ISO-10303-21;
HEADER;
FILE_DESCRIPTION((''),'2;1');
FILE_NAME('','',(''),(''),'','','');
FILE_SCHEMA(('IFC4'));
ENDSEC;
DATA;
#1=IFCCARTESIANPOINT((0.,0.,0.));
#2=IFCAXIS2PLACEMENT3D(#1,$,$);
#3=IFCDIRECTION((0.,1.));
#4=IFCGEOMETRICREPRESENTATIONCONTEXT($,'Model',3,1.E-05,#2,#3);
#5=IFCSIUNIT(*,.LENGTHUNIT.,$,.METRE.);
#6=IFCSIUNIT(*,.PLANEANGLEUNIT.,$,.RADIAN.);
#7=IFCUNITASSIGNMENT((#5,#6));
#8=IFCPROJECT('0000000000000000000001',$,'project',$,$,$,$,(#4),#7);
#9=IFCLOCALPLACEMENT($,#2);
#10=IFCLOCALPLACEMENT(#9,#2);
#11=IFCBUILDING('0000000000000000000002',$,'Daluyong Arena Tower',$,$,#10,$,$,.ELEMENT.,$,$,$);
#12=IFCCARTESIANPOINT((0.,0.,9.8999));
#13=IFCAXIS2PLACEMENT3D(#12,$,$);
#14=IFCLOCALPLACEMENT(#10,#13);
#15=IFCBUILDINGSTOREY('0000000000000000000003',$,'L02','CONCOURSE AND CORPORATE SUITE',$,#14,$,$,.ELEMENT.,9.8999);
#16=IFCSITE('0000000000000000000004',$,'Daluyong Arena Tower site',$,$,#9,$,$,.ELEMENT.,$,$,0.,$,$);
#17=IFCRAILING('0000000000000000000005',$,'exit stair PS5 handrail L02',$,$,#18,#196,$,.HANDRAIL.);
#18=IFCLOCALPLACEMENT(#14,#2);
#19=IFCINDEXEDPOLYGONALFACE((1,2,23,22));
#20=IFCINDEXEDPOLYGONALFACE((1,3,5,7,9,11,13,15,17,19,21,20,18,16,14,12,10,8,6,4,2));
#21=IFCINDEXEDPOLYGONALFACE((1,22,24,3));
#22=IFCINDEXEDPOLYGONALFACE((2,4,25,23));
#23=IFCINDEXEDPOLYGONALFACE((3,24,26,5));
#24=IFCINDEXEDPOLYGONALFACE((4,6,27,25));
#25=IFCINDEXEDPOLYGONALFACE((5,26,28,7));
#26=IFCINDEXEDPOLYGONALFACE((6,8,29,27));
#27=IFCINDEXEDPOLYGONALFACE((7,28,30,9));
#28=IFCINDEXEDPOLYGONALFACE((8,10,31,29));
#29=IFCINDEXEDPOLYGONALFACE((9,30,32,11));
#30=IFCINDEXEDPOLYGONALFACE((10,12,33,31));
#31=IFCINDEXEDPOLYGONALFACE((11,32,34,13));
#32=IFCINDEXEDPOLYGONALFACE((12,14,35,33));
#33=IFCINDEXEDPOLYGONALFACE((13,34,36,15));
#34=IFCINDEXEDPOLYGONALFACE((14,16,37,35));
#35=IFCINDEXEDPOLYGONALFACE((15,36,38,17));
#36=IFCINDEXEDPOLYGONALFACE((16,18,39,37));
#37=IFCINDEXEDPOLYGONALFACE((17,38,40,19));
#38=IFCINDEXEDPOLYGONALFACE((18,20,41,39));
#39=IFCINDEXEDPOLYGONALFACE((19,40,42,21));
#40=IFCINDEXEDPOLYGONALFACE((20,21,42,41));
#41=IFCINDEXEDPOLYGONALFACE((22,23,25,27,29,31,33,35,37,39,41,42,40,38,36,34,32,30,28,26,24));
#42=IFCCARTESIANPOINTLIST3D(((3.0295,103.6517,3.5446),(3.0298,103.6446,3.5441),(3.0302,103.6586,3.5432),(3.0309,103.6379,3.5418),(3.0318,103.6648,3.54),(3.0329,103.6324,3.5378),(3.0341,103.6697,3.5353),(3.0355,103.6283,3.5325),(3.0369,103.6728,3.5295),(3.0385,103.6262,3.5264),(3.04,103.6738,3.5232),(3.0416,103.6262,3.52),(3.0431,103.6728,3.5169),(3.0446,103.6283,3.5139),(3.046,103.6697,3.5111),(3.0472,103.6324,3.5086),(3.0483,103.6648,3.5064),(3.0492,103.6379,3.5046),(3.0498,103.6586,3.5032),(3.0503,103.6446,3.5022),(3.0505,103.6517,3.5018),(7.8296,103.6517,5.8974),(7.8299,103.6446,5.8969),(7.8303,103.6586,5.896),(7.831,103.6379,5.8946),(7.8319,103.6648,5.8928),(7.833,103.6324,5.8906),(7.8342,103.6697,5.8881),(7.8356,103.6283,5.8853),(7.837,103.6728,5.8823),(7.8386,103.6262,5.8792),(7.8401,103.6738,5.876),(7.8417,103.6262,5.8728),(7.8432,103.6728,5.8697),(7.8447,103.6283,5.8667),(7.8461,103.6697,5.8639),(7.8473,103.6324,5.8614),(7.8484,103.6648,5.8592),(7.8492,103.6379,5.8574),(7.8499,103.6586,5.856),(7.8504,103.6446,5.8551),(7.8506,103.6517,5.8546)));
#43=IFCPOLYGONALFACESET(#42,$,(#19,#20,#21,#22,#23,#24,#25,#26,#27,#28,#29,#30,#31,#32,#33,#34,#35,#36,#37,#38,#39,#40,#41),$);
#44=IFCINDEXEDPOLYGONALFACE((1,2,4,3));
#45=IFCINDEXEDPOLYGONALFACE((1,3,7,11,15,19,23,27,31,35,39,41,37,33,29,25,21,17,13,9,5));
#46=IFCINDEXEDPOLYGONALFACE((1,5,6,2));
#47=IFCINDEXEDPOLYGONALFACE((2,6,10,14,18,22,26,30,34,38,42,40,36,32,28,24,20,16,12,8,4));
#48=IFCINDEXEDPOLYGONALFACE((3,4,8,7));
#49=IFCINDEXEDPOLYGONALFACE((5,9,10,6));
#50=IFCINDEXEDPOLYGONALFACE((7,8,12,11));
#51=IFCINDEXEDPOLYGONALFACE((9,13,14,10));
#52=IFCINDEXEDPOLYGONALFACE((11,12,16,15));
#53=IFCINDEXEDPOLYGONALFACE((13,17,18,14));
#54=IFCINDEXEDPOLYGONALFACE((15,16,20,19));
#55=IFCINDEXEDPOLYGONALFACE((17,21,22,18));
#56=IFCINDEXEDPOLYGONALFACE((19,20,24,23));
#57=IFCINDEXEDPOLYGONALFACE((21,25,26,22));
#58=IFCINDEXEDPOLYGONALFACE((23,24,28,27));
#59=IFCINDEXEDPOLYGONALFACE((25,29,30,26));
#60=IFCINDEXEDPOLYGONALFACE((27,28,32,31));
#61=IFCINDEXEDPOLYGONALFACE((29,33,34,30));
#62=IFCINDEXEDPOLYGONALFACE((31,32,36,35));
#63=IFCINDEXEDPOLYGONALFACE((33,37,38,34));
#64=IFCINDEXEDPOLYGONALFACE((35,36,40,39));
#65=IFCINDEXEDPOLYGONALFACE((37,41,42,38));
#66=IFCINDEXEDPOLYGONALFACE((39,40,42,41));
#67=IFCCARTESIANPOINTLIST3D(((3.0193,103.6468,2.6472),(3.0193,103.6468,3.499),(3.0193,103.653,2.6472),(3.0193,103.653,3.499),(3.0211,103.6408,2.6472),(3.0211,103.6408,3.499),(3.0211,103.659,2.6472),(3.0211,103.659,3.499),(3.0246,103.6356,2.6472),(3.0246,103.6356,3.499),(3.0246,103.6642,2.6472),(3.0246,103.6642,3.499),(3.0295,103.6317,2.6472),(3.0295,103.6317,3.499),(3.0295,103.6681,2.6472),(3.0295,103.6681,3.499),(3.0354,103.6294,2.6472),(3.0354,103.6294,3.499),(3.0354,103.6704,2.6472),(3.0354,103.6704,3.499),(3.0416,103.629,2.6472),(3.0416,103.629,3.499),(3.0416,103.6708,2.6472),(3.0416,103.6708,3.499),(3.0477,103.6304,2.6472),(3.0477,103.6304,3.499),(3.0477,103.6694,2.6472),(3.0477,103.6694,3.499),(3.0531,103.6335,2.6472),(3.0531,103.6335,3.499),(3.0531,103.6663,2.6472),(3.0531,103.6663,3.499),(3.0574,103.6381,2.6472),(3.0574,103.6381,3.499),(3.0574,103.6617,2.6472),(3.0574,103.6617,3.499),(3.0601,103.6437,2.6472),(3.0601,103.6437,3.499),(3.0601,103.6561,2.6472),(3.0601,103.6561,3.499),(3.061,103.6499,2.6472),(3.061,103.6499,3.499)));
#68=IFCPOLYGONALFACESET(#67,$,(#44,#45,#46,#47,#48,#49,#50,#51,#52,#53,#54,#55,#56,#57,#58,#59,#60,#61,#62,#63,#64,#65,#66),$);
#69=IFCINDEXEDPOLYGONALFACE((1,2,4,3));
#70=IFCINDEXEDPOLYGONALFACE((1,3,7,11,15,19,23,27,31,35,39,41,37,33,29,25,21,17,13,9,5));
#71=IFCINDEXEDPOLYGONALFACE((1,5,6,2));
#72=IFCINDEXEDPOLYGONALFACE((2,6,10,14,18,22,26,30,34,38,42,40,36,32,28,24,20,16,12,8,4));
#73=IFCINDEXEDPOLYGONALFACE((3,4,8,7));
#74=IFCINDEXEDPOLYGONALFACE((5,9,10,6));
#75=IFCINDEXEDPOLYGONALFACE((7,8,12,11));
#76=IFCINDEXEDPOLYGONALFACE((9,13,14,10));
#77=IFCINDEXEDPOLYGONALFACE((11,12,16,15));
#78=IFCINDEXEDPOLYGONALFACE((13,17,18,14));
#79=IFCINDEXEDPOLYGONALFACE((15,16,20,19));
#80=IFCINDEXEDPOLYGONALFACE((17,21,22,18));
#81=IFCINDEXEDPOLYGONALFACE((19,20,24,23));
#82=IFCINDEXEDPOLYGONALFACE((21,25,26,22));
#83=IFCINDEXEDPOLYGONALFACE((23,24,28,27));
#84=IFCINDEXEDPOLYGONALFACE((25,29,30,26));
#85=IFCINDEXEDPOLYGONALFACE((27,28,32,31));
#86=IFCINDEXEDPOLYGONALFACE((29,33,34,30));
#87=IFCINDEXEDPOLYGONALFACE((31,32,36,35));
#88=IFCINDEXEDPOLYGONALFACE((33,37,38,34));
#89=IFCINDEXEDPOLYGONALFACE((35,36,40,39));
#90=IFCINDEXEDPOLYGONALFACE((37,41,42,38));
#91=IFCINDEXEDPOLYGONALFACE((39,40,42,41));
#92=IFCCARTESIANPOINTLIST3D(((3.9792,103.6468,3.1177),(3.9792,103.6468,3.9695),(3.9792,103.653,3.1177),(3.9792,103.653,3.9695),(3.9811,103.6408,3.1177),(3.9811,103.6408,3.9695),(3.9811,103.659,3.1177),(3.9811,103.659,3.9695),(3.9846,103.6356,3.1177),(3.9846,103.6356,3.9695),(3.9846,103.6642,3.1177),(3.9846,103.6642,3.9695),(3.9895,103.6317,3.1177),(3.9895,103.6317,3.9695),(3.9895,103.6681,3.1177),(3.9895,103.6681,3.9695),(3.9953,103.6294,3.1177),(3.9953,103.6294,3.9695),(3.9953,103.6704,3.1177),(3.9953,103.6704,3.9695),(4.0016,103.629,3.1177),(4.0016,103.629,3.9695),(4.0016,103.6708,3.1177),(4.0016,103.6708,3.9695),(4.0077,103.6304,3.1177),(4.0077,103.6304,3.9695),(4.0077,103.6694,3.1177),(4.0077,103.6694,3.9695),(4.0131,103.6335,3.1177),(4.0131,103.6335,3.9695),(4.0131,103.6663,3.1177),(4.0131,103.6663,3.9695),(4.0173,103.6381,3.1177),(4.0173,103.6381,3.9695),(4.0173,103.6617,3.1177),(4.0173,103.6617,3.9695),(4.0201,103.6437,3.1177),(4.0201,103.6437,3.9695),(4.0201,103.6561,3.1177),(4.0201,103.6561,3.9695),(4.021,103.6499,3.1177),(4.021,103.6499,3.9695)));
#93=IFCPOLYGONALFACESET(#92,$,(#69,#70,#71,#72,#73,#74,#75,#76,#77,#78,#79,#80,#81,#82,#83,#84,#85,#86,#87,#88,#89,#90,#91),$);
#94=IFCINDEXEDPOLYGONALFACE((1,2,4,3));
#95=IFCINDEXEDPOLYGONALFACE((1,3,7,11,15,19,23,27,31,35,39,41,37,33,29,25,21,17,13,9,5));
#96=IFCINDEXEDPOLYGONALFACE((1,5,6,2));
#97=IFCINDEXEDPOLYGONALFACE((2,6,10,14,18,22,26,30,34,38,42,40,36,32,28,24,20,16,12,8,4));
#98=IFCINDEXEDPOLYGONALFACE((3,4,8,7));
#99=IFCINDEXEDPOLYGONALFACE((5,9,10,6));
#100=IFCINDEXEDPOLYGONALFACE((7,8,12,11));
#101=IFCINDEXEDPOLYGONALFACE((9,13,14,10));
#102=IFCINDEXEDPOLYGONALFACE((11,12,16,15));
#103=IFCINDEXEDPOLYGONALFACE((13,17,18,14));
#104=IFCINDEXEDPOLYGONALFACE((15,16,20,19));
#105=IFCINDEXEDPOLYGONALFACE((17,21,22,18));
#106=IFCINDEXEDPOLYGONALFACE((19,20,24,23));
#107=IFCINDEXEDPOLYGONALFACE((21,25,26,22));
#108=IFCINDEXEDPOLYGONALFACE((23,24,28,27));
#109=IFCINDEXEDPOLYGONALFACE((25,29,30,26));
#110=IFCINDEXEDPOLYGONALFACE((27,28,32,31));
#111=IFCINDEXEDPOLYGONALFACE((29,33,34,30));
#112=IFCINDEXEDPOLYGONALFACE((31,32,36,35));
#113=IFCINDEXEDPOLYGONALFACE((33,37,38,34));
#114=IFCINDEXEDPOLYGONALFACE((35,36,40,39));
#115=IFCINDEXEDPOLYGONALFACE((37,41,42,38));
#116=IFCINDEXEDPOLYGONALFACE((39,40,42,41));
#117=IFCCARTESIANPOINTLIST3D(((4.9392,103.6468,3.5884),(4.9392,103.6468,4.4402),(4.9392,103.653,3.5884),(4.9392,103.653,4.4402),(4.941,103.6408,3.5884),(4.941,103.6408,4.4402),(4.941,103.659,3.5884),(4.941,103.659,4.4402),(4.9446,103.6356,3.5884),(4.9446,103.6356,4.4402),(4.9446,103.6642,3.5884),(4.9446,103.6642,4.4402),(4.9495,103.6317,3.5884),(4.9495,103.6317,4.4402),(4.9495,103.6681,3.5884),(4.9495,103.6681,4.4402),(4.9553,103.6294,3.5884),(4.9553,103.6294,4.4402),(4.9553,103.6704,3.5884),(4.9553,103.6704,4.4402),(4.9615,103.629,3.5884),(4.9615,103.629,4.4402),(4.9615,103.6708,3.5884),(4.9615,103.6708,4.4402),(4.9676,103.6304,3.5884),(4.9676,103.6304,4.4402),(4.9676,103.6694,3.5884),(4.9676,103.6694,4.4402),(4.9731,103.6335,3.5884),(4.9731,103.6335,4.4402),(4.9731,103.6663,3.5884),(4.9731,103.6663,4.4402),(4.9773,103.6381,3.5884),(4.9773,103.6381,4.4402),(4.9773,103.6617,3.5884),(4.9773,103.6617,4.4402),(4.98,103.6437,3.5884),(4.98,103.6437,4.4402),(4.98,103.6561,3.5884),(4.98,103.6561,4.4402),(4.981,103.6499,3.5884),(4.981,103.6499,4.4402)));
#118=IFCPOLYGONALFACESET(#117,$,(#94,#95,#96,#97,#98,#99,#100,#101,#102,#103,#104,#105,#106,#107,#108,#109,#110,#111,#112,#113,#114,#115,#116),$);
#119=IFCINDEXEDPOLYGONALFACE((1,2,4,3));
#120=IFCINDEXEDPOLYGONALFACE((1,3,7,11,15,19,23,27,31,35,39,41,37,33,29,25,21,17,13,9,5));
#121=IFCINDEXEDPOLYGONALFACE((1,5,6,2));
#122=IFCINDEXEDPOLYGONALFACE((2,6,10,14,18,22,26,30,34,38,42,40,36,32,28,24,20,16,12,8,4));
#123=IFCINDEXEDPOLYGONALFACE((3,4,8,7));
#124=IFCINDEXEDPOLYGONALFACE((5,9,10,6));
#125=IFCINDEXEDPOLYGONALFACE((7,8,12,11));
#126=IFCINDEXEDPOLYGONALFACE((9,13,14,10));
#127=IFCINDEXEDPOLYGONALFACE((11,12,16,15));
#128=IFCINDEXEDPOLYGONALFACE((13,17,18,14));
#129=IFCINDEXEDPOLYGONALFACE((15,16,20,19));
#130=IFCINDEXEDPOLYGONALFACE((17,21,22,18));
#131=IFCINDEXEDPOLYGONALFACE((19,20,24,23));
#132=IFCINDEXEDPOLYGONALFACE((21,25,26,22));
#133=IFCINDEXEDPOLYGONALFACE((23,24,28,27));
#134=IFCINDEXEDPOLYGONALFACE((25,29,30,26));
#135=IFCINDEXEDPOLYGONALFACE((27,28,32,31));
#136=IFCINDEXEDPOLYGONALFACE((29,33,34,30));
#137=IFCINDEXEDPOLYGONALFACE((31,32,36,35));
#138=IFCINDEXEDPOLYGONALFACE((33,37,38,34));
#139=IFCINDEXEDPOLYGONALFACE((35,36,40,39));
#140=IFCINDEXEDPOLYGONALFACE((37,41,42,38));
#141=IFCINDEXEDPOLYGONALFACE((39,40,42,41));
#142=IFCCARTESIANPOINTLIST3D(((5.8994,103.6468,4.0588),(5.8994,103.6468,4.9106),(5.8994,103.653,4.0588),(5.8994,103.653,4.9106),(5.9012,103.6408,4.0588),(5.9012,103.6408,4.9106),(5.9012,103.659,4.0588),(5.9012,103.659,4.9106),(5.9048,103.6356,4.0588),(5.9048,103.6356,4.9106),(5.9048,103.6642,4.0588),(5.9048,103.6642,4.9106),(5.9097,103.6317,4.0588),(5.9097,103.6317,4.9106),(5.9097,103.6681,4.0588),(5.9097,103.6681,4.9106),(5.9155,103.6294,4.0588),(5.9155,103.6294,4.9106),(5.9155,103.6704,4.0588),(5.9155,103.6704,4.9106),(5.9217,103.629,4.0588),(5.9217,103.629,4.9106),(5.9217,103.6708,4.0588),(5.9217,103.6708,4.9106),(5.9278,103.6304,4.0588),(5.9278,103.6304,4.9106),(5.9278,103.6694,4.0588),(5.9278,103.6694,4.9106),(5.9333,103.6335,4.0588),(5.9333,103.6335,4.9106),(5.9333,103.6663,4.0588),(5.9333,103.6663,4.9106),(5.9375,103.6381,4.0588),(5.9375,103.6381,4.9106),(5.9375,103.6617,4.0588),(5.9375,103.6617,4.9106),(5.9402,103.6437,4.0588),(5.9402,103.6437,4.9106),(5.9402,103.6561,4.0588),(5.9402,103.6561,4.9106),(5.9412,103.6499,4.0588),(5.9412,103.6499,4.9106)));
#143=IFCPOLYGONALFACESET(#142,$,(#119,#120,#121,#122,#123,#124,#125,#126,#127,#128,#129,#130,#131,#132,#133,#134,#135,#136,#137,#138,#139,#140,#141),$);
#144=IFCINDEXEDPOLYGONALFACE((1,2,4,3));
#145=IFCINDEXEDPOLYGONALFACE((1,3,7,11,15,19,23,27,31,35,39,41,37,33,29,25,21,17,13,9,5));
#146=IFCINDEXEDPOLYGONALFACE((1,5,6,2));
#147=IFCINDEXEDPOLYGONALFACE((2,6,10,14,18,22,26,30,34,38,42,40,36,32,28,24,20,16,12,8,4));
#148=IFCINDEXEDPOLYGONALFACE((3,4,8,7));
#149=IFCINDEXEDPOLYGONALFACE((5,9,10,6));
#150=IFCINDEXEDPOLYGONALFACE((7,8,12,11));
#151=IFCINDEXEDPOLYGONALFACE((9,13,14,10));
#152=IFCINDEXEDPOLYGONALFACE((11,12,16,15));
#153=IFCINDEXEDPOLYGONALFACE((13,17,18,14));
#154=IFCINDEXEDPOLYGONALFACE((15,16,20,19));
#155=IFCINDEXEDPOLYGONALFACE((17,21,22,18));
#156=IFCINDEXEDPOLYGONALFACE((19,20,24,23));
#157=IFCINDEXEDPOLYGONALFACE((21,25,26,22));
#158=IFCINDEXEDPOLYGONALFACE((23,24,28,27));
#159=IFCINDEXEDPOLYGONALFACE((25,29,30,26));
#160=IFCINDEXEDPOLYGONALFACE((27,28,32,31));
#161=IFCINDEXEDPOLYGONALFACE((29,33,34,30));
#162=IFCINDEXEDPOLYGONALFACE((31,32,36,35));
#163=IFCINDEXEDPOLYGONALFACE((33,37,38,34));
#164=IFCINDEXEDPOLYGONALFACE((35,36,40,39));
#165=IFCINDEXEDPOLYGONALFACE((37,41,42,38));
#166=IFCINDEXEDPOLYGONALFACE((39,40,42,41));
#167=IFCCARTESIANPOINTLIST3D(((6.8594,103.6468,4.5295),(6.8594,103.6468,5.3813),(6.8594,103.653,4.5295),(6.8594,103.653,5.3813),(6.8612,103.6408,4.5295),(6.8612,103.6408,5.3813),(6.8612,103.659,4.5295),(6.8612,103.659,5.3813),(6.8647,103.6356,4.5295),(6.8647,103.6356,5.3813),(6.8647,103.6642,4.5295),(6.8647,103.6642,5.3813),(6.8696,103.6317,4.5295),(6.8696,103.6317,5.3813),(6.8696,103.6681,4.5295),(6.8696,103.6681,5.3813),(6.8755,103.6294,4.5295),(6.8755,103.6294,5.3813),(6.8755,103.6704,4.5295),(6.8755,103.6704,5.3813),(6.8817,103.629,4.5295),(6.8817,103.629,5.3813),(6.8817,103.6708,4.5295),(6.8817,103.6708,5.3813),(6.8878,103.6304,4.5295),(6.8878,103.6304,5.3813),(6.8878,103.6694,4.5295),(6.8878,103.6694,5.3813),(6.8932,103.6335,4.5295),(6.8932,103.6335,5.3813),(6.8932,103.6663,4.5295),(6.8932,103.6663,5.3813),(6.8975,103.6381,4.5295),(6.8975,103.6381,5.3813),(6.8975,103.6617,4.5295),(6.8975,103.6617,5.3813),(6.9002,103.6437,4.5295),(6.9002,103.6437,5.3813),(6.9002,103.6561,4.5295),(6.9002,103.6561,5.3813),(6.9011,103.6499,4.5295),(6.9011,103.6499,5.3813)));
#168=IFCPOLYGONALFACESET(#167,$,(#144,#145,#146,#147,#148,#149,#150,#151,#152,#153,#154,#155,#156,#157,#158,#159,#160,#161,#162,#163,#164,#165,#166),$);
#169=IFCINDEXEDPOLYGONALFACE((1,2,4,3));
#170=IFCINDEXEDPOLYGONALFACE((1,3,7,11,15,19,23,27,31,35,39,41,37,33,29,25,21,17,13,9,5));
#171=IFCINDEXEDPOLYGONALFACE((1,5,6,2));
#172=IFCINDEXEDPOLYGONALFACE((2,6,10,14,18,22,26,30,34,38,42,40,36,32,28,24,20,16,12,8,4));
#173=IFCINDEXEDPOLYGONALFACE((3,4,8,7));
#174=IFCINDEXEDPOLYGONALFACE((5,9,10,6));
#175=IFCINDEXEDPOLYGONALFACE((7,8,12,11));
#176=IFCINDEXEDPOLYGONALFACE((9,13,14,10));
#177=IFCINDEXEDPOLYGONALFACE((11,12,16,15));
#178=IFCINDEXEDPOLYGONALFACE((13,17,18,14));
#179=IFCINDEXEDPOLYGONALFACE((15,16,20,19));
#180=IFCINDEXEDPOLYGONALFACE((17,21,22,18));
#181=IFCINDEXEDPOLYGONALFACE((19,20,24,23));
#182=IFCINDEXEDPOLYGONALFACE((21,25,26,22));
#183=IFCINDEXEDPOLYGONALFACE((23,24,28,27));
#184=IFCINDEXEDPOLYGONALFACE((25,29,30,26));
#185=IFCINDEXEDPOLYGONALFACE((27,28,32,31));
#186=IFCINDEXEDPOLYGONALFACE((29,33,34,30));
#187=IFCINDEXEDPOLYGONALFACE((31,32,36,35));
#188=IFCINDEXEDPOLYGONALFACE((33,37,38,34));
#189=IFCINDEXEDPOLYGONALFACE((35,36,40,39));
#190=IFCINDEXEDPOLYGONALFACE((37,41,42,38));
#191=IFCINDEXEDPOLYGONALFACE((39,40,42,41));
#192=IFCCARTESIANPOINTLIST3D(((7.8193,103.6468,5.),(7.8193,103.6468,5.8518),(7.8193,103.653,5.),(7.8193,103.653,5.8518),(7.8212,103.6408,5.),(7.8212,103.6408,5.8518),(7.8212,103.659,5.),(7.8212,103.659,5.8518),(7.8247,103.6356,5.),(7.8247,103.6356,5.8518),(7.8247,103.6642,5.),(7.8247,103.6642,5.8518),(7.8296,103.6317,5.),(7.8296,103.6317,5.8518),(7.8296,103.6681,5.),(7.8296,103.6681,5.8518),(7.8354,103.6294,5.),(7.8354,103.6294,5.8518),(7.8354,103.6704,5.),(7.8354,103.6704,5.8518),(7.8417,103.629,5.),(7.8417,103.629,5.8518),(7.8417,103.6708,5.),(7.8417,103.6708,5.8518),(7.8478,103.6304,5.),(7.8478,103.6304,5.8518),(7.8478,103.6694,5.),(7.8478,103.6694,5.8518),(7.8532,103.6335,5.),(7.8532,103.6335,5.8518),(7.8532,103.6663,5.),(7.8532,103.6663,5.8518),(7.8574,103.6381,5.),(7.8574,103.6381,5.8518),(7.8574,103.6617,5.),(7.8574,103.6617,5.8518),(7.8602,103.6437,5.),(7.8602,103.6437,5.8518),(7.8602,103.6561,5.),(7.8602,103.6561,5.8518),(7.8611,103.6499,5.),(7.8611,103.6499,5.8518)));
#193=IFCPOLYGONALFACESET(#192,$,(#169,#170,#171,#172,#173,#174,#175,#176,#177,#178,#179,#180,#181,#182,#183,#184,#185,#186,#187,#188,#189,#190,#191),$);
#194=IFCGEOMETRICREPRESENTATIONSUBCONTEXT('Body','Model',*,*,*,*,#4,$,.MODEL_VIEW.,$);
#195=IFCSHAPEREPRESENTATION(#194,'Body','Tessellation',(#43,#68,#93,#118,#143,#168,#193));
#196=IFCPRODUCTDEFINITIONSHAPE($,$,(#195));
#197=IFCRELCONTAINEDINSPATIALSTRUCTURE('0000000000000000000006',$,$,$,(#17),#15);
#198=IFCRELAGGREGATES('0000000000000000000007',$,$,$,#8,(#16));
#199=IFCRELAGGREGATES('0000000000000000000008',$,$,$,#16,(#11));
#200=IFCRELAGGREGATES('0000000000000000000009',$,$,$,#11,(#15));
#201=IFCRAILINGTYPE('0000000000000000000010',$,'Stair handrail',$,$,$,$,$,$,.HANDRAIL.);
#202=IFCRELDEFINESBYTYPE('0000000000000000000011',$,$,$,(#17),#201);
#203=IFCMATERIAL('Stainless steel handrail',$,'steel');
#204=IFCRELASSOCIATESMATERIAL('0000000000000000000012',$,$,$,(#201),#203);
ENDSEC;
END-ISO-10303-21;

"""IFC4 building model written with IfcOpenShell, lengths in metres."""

from ifc_helpers import new_model, si_unit, direction, frame, origin, origin_2d, place, context, subcontext, project, spatial, circle, extrude, material, type_object, element, save


model = new_model("IFC4")

# Units and contexts
model_context = context("Model", 3, precision=1e-05, world=origin(), true_north=direction((0.0, 1.0)))
body_context = subcontext(model_context, "Body", "Model", "MODEL_VIEW")
ifc_project = project(units=[si_unit("LENGTHUNIT", "METRE"), si_unit("PLANEANGLEUNIT", "RADIAN")], contexts=[model_context])

# Site, building, storey
site_placement = place(None, origin())
site = spatial("IfcSite", under=ifc_project, at=site_placement, Name="Daluyong Arena Tower site", CompositionType="ELEMENT", RefElevation=0.0)
building_placement = place(site_placement, origin())
building = spatial("IfcBuilding", under=site, at=building_placement, Name="Daluyong Arena Tower", CompositionType="ELEMENT")
storey_placement = place(building_placement, frame((0.0, 0.0, 9.8999)))
storey = spatial("IfcBuildingStorey", under=building, at=storey_placement, Name="L02", Description="CONCOURSE AND CORPORATE SUITE", CompositionType="ELEMENT", Elevation=9.8999)

# Railing
ifc_material_1 = material(Name="Stainless steel handrail", Category="steel")
railing_type_1 = type_object("IfcRailingType", Name="Stair handrail", PredefinedType="HANDRAIL", material=ifc_material_1)
railing_1_placement = place(storey_placement, frame((3.04, 103.6499, 2.6472)))
element("IfcRailing", 1, at=railing_1_placement, inside=storey, type_object=railing_type_1, Name="exit stair PS5 handrail L02", PredefinedType="HANDRAIL", context=body_context, shape_type="SweptSolid", body=[
    extrude(circle(Radius=0.0239, at=origin_2d()), frame((0.0, 0.0, 0.876), z_axis=(0.897934, 0.0, 0.44013), x_axis=(0.0, 1.0, 0.0)), (0.0, 0.0, 1.0), 5.3457),
    extrude(circle(Radius=0.021, at=origin_2d()), origin(), (0.0, 0.0, 1.0), 0.8518),
    extrude(circle(Radius=0.021, at=origin_2d()), frame((0.96, 0.0, 0.4705)), (0.0, 0.0, 1.0), 0.8518),
    extrude(circle(Radius=0.021, at=origin_2d()), frame((1.9199, 0.0, 0.9412)), (0.0, 0.0, 1.0), 0.8518),
    extrude(circle(Radius=0.021, at=origin_2d()), frame((2.8801, 0.0, 1.4116)), (0.0, 0.0, 1.0), 0.8518),
    extrude(circle(Radius=0.021, at=origin_2d()), frame((3.8401, 0.0, 1.8823)), (0.0, 0.0, 1.0), 0.8518),
    extrude(circle(Radius=0.021, at=origin_2d()), frame((4.8, 0.0, 2.3528)), (0.0, 0.0, 1.0), 0.8518),
])

save(model, "model.ifc")
